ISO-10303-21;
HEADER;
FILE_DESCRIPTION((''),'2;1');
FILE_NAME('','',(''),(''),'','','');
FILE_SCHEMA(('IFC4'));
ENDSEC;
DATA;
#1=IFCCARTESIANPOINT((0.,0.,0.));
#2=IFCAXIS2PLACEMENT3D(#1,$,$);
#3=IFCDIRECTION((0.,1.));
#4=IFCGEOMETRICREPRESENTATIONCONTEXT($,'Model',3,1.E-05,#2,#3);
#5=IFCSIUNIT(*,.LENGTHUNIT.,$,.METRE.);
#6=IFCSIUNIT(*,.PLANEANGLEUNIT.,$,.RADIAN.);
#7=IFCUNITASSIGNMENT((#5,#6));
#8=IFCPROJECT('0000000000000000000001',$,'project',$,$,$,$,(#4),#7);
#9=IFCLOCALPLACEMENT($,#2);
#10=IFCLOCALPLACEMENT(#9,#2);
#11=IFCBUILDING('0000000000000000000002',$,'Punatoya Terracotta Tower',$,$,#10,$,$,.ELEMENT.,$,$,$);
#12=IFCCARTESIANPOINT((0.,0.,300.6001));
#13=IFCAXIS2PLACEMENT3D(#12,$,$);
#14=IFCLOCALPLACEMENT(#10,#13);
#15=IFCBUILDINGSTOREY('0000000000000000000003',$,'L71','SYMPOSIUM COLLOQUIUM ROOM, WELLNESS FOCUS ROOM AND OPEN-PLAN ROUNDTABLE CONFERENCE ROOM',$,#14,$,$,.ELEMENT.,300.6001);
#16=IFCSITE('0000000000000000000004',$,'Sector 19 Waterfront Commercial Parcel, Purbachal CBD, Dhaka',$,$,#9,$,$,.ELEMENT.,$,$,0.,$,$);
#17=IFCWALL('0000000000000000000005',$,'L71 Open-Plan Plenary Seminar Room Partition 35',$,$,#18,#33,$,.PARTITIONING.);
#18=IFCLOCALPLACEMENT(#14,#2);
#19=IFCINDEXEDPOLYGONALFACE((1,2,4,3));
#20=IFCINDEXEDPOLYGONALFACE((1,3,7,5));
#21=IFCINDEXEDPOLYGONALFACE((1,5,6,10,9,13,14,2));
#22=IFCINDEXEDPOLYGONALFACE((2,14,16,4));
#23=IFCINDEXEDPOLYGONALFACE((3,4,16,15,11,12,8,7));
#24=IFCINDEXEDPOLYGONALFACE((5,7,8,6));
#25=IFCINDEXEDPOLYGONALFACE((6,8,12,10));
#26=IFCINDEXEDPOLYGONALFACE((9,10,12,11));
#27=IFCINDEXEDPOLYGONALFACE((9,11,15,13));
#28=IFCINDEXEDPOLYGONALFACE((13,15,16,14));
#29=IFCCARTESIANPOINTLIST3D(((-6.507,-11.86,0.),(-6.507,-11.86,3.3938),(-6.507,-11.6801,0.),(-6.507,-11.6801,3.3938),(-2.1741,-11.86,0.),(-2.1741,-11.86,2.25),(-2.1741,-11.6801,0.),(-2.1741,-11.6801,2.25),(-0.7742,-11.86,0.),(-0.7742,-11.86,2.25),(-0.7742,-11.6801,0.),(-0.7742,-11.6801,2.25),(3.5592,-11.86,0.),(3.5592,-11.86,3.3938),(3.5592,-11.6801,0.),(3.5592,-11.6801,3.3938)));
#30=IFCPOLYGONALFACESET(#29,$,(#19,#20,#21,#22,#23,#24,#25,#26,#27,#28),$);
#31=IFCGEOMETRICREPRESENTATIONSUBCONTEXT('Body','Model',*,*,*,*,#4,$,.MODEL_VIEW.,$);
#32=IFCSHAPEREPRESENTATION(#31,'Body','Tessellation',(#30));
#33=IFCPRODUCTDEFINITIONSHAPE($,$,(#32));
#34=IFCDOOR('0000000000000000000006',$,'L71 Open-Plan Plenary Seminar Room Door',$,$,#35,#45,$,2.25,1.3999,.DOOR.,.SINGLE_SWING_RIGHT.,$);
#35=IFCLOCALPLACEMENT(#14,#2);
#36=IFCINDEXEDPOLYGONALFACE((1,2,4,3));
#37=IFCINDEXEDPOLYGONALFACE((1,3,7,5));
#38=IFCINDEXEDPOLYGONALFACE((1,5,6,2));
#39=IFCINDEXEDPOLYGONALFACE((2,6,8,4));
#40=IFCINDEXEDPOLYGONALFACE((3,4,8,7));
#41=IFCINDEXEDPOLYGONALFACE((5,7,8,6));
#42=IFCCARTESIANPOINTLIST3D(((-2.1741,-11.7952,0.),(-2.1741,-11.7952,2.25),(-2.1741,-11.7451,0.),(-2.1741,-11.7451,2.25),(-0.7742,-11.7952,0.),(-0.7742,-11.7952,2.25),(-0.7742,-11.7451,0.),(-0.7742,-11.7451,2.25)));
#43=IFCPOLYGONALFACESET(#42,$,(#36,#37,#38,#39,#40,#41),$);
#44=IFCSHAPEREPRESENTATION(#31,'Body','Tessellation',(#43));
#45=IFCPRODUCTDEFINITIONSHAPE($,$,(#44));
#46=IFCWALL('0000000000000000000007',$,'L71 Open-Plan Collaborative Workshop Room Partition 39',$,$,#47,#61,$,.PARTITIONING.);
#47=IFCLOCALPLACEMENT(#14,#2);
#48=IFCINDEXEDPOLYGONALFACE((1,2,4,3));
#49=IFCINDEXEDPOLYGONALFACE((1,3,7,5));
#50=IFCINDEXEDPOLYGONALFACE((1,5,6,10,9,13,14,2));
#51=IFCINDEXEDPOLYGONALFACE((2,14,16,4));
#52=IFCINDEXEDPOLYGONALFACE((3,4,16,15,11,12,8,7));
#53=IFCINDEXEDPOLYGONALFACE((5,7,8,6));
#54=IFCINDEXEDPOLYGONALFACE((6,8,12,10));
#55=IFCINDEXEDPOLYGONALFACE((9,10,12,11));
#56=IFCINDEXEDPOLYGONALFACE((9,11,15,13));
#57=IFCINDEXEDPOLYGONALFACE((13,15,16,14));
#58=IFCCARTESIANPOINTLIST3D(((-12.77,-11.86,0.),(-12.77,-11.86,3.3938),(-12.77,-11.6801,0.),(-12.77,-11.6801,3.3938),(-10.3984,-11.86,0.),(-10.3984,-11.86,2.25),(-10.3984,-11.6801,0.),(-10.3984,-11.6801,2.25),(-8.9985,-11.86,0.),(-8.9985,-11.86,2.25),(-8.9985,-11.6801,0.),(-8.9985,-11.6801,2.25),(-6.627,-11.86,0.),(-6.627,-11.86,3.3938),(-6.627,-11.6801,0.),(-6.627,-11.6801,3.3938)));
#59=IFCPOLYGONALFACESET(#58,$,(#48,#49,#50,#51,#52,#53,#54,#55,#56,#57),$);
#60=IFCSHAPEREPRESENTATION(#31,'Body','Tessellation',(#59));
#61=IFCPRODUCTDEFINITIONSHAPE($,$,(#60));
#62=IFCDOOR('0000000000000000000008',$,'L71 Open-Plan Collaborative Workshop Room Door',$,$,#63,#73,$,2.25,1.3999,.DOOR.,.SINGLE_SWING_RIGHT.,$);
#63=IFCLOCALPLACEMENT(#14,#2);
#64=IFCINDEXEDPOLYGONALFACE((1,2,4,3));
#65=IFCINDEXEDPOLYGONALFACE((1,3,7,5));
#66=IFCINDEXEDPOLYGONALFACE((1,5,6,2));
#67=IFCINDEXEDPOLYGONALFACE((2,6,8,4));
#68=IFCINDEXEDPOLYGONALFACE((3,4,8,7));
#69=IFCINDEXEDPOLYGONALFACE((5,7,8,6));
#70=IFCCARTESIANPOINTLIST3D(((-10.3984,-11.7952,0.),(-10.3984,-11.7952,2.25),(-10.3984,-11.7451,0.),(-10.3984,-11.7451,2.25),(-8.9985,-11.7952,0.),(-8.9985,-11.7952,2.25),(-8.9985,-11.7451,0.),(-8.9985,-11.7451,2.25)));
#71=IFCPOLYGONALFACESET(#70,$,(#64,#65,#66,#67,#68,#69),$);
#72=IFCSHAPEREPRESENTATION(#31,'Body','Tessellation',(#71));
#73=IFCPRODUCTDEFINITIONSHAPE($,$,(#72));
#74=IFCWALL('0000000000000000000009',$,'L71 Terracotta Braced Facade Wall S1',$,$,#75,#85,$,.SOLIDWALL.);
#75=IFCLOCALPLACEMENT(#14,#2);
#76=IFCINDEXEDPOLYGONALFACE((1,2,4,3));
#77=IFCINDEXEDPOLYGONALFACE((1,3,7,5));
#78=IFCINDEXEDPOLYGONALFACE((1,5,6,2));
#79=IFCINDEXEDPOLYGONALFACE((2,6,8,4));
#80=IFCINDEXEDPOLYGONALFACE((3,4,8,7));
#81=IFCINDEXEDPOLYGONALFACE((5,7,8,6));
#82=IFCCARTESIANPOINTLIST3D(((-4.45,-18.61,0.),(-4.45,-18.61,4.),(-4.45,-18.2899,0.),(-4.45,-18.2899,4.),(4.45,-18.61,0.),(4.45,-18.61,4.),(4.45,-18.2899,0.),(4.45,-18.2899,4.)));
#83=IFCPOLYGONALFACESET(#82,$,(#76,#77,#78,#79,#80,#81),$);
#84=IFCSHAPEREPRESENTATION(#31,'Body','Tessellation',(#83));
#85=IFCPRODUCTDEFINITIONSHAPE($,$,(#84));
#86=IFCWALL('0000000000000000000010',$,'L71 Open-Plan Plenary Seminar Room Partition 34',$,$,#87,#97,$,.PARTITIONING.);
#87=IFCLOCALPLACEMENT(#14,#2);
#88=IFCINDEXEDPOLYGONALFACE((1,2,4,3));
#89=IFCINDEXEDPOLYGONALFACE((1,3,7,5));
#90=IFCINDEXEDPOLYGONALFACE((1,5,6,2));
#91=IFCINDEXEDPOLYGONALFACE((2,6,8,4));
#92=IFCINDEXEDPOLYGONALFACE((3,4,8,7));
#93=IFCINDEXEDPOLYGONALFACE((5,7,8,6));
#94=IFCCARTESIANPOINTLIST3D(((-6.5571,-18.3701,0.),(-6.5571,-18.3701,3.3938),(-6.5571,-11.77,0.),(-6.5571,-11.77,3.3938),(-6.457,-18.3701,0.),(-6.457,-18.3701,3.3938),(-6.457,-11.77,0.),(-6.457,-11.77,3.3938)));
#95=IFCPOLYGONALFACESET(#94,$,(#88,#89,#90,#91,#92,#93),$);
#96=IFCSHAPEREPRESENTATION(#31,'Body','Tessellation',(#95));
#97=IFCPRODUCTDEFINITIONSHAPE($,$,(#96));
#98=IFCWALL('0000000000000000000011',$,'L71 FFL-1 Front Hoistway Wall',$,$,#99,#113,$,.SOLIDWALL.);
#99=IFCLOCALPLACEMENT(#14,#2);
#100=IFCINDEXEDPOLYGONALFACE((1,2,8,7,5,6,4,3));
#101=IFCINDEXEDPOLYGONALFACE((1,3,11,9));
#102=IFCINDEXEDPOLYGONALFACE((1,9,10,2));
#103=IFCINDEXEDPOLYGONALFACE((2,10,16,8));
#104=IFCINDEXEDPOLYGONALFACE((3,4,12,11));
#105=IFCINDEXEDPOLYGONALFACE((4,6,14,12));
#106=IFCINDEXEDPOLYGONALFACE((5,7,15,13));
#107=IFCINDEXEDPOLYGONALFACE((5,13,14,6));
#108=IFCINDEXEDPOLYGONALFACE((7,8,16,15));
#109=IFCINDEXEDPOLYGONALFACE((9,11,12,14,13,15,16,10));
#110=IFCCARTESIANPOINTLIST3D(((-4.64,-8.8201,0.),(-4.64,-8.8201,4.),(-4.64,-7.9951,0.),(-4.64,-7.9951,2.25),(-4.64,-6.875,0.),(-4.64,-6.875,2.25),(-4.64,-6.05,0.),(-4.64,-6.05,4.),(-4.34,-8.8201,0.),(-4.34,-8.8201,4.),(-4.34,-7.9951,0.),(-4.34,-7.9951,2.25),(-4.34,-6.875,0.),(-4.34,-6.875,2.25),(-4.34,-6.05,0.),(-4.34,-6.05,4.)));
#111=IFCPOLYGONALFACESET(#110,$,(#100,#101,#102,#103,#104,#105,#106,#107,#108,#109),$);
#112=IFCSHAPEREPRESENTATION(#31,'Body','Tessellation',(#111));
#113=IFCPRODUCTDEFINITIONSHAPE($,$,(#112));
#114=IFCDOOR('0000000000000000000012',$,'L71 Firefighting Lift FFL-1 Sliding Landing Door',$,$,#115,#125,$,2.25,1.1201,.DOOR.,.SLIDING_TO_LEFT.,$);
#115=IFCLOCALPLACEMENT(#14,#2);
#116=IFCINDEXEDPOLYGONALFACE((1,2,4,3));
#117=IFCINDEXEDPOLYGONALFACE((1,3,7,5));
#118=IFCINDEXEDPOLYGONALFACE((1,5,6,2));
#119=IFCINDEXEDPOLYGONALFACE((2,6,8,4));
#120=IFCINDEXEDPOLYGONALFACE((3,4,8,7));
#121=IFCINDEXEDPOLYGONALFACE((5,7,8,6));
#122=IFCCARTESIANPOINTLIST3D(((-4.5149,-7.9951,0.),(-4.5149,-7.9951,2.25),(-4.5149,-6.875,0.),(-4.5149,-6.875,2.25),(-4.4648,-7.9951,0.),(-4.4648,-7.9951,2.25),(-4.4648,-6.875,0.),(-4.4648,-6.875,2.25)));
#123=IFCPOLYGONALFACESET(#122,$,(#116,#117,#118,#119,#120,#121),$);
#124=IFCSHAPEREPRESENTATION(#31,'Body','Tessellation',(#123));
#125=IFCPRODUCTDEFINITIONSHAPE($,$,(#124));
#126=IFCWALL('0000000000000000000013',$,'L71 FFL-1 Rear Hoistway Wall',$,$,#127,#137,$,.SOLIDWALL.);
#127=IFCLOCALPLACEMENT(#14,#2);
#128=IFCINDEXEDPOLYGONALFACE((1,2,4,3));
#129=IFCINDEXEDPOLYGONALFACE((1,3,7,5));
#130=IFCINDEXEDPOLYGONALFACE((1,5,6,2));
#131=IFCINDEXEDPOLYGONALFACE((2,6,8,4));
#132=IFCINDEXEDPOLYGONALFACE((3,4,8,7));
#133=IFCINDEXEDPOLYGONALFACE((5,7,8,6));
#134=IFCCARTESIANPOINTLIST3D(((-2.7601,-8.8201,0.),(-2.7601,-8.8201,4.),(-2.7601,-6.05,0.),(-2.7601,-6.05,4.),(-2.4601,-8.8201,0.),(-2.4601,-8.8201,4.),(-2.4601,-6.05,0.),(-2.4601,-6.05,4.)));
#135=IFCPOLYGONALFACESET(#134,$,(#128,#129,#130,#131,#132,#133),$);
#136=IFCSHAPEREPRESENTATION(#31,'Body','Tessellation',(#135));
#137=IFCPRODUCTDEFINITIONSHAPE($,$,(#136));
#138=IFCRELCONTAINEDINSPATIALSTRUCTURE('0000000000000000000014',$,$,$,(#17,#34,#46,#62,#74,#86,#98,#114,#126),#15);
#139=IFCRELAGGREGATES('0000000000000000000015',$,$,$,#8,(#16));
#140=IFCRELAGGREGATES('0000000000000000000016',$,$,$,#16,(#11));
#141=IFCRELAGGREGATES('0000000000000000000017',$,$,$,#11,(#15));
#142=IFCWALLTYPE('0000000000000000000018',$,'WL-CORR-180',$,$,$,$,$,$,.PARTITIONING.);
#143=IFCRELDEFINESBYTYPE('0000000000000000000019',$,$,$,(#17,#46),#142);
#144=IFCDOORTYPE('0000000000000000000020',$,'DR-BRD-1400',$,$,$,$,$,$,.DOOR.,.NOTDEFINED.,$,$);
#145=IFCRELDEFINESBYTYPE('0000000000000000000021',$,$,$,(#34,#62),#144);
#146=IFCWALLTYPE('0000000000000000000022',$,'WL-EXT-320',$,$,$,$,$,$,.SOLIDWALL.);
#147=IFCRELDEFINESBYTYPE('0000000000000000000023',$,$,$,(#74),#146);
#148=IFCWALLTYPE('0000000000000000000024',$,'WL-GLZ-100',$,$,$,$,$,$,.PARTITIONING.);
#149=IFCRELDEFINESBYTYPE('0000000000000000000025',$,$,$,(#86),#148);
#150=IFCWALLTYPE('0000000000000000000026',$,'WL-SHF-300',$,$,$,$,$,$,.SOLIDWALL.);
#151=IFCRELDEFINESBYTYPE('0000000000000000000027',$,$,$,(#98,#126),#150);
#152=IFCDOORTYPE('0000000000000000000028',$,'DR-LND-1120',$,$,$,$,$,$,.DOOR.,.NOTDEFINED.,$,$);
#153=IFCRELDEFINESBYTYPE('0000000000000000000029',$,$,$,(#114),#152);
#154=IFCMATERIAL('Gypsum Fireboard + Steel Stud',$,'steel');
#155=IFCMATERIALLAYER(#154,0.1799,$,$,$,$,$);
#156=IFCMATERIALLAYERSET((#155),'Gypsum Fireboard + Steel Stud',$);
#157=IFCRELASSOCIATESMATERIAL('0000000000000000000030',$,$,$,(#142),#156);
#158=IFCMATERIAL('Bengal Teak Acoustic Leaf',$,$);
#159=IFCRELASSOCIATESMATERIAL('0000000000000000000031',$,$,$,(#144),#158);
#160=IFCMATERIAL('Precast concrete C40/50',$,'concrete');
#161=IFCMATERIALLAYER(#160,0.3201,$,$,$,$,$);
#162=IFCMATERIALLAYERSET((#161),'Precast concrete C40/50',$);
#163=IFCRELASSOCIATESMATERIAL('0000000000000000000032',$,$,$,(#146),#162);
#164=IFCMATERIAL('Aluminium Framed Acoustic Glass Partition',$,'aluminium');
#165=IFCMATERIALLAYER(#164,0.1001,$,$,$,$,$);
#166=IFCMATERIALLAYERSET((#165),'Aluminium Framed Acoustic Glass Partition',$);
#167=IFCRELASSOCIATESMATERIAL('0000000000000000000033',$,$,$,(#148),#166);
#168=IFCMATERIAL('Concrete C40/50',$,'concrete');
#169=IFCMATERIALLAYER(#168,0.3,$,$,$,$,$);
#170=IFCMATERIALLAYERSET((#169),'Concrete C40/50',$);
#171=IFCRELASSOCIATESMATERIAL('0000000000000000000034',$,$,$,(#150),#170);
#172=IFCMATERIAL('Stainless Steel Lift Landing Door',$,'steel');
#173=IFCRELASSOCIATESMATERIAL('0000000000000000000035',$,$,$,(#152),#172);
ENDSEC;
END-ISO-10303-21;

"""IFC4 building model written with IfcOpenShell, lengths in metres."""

from ifc_helpers import new_model, si_unit, direction, frame, frame_2d, origin, place, context, subcontext, project, spatial, rectangle, extrude, material, layer, layer_set, type_object, element, fill, save


model = new_model("IFC4")

# Units and contexts
model_context = context("Model", 3, precision=1e-05, world=origin(), true_north=direction((0.0, 1.0)))
body_context = subcontext(model_context, "Body", "Model", "MODEL_VIEW")
ifc_project = project(units=[si_unit("LENGTHUNIT", "METRE"), si_unit("PLANEANGLEUNIT", "RADIAN")], contexts=[model_context])

# Site, building, storey
site_placement = place(None, origin())
site = spatial("IfcSite", under=ifc_project, at=site_placement, Name="Sector 19 Waterfront Commercial Parcel, Purbachal CBD, Dhaka", CompositionType="ELEMENT", RefElevation=0.0)
building_placement = place(site_placement, origin())
building = spatial("IfcBuilding", under=site, at=building_placement, Name="Punatoya Terracotta Tower", CompositionType="ELEMENT")
storey_placement = place(building_placement, frame((0.0, 0.0, 300.6001)))
storey = spatial("IfcBuildingStorey", under=building, at=storey_placement, Name="L71", Description="SYMPOSIUM COLLOQUIUM ROOM, WELLNESS FOCUS ROOM AND OPEN-PLAN ROUNDTABLE CONFERENCE ROOM", CompositionType="ELEMENT", Elevation=300.6001)

# Walls, openings, doors
ifc_material_1 = material(Name="Gypsum Fireboard + Steel Stud", Category="steel")
ifc_layer_1 = layer(ifc_material_1, 0.1799)
ifc_layer_set_1 = layer_set([ifc_layer_1], Name="Gypsum Fireboard + Steel Stud")
wall_type_1 = type_object("IfcWallType", Name="WL-CORR-180", PredefinedType="PARTITIONING", material=ifc_layer_set_1)
wall_1_placement = place(storey_placement, frame((-6.5071, -11.77, 0.0), z_axis=(0.0, 0.0, 1.0), x_axis=(1.0, 0.0, 0.0)))
wall_1 = element("IfcWall", 1, at=wall_1_placement, inside=storey, type_object=wall_type_1, Name="L71 Open-Plan Plenary Seminar Room Partition 35", PredefinedType="PARTITIONING", context=body_context, shape_type="SweptSolid", body=[
    extrude(rectangle(XDim=10.0662, YDim=0.1799, at=frame_2d((5.0332, 0.0))), origin(), (0.0, 0.0, 1.0), 3.3938),
])
opening_1_placement = place(wall_1_placement, frame((4.333, 0.0, 0.0)))
opening_1 = element("IfcOpeningElement", 2, at=opening_1_placement, cuts=wall_1, PredefinedType="OPENING", context=body_context, shape_type="SweptSolid", body=[
    extrude(rectangle(XDim=1.3999, YDim=2.25, at=frame_2d((0.7, 1.125))), frame((0.0, 0.0999, 0.0), z_axis=(0.0, -1.0, 0.0), x_axis=(1.0, 0.0, 0.0)), (0.0, 0.0, 1.0), 0.2),
])
ifc_material_2 = material(Name="Bengal Teak Acoustic Leaf")
door_type_1 = type_object("IfcDoorType", Name="DR-BRD-1400", OperationType="NOTDEFINED", PredefinedType="DOOR", material=ifc_material_2)
door_1_placement = place(opening_1_placement, origin())
door_1 = element("IfcDoor", 3, at=door_1_placement, inside=storey, type_object=door_type_1, Name="L71 Open-Plan Plenary Seminar Room Door", OperationType="SINGLE_SWING_RIGHT", OverallHeight=2.25, OverallWidth=1.3999, PredefinedType="DOOR", context=body_context, shape_type="SweptSolid", body=[
    extrude(rectangle(XDim=1.3999, YDim=2.25, at=frame_2d((0.7, 1.125))), frame((0.0, 0.0249, 0.0), z_axis=(0.0, -1.0, 0.0), x_axis=(1.0, 0.0, 0.0)), (0.0, 0.0, 1.0), 0.05),
])
fill(opening_1, door_1)
wall_2_placement = place(storey_placement, frame((-12.77, -11.77, 0.0), z_axis=(0.0, 0.0, 1.0), x_axis=(1.0, 0.0, 0.0)))
wall_2 = element("IfcWall", 4, at=wall_2_placement, inside=storey, type_object=wall_type_1, Name="L71 Open-Plan Collaborative Workshop Room Partition 39", PredefinedType="PARTITIONING", context=body_context, shape_type="SweptSolid", body=[
    extrude(rectangle(XDim=6.1431, YDim=0.1799, at=frame_2d((3.0715, 0.0))), origin(), (0.0, 0.0, 1.0), 3.3938),
])
opening_2_placement = place(wall_2_placement, frame((2.3716, 0.0, 0.0)))
opening_2 = element("IfcOpeningElement", 5, at=opening_2_placement, cuts=wall_2, PredefinedType="OPENING", context=body_context, shape_type="SweptSolid", body=[
    extrude(rectangle(XDim=1.3999, YDim=2.25, at=frame_2d((0.7, 1.125))), frame((0.0, 0.0999, 0.0), z_axis=(0.0, -1.0, 0.0), x_axis=(1.0, 0.0, 0.0)), (0.0, 0.0, 1.0), 0.2),
])
door_2_placement = place(opening_2_placement, origin())
door_2 = element("IfcDoor", 6, at=door_2_placement, inside=storey, type_object=door_type_1, Name="L71 Open-Plan Collaborative Workshop Room Door", OperationType="SINGLE_SWING_RIGHT", OverallHeight=2.25, OverallWidth=1.3999, PredefinedType="DOOR", context=body_context, shape_type="SweptSolid", body=[
    extrude(rectangle(XDim=1.3999, YDim=2.25, at=frame_2d((0.7, 1.125))), frame((0.0, 0.0249, 0.0), z_axis=(0.0, -1.0, 0.0), x_axis=(1.0, 0.0, 0.0)), (0.0, 0.0, 1.0), 0.05),
])
fill(opening_2, door_2)

# Walls
ifc_material_3 = material(Name="Precast concrete C40/50", Category="concrete")
ifc_layer_2 = layer(ifc_material_3, 0.3201)
ifc_layer_set_2 = layer_set([ifc_layer_2], Name="Precast concrete C40/50")
wall_type_2 = type_object("IfcWallType", Name="WL-EXT-320", PredefinedType="SOLIDWALL", material=ifc_layer_set_2)
wall_3_placement = place(storey_placement, frame((-4.45, -18.45, 0.0), z_axis=(0.0, 0.0, 1.0), x_axis=(1.0, 0.0, 0.0)))
element("IfcWall", 7, at=wall_3_placement, inside=storey, type_object=wall_type_2, Name="L71 Terracotta Braced Facade Wall S1", PredefinedType="SOLIDWALL", context=body_context, shape_type="SweptSolid", body=[
    extrude(rectangle(XDim=8.8999, YDim=0.3201, at=frame_2d((4.45, 0.0))), origin(), (0.0, 0.0, 1.0), 4.0),
])
ifc_material_4 = material(Name="Aluminium Framed Acoustic Glass Partition", Category="aluminium")
ifc_layer_3 = layer(ifc_material_4, 0.1001)
ifc_layer_set_3 = layer_set([ifc_layer_3], Name="Aluminium Framed Acoustic Glass Partition")
wall_type_3 = type_object("IfcWallType", Name="WL-GLZ-100", PredefinedType="PARTITIONING", material=ifc_layer_set_3)
wall_4_placement = place(storey_placement, frame((-6.5071, -18.3701, 0.0), z_axis=(0.0, 0.0, 1.0), x_axis=(0.0, 1.0, 0.0)))
element("IfcWall", 8, at=wall_4_placement, inside=storey, type_object=wall_type_3, Name="L71 Open-Plan Plenary Seminar Room Partition 34", PredefinedType="PARTITIONING", context=body_context, shape_type="SweptSolid", body=[
    extrude(rectangle(XDim=6.6001, YDim=0.1001, at=frame_2d((3.3, 0.0))), origin(), (0.0, 0.0, 1.0), 3.3938),
])

# Wall, opening, door
ifc_material_5 = material(Name="Concrete C40/50", Category="concrete")
ifc_layer_4 = layer(ifc_material_5, 0.3)
ifc_layer_set_4 = layer_set([ifc_layer_4], Name="Concrete C40/50")
wall_type_4 = type_object("IfcWallType", Name="WL-SHF-300", PredefinedType="SOLIDWALL", material=ifc_layer_set_4)
wall_5_placement = place(storey_placement, frame((-4.49, -8.8201, 0.0), z_axis=(0.0, 0.0, 1.0), x_axis=(0.0, 1.0, 0.0)))
wall_5 = element("IfcWall", 9, at=wall_5_placement, inside=storey, type_object=wall_type_4, Name="L71 FFL-1 Front Hoistway Wall", PredefinedType="SOLIDWALL", context=body_context, shape_type="SweptSolid", body=[
    extrude(rectangle(XDim=2.77, YDim=0.3, at=frame_2d((1.385, 0.0))), origin(), (0.0, 0.0, 1.0), 4.0),
])
opening_3_placement = place(wall_5_placement, frame((0.825, 0.0, 0.0)))
opening_3 = element("IfcOpeningElement", 10, at=opening_3_placement, cuts=wall_5, PredefinedType="OPENING", context=body_context, shape_type="SweptSolid", body=[
    extrude(rectangle(XDim=1.1201, YDim=2.25, at=frame_2d((0.5601, 1.125))), frame((0.0, 0.1599, 0.0), z_axis=(0.0, -1.0, 0.0), x_axis=(1.0, 0.0, 0.0)), (0.0, 0.0, 1.0), 0.3201),
])
ifc_material_6 = material(Name="Stainless Steel Lift Landing Door", Category="steel")
door_type_2 = type_object("IfcDoorType", Name="DR-LND-1120", OperationType="NOTDEFINED", PredefinedType="DOOR", material=ifc_material_6)
door_3_placement = place(opening_3_placement, origin())
door_3 = element("IfcDoor", 11, at=door_3_placement, inside=storey, type_object=door_type_2, Name="L71 Firefighting Lift FFL-1 Sliding Landing Door", OperationType="SLIDING_TO_LEFT", OverallHeight=2.25, OverallWidth=1.1201, PredefinedType="DOOR", context=body_context, shape_type="SweptSolid", body=[
    extrude(rectangle(XDim=1.1201, YDim=2.25, at=frame_2d((0.5601, 1.125))), frame((0.0, 0.0249, 0.0), z_axis=(0.0, -1.0, 0.0), x_axis=(1.0, 0.0, 0.0)), (0.0, 0.0, 1.0), 0.05),
])
fill(opening_3, door_3)

# Wall
wall_6_placement = place(storey_placement, frame((-2.6101, -8.8201, 0.0), z_axis=(0.0, 0.0, 1.0), x_axis=(0.0, 1.0, 0.0)))
element("IfcWall", 12, at=wall_6_placement, inside=storey, type_object=wall_type_4, Name="L71 FFL-1 Rear Hoistway Wall", PredefinedType="SOLIDWALL", context=body_context, shape_type="SweptSolid", body=[
    extrude(rectangle(XDim=2.77, YDim=0.3, at=frame_2d((1.385, 0.0))), origin(), (0.0, 0.0, 1.0), 4.0),
])

save(model, "model.ifc")
